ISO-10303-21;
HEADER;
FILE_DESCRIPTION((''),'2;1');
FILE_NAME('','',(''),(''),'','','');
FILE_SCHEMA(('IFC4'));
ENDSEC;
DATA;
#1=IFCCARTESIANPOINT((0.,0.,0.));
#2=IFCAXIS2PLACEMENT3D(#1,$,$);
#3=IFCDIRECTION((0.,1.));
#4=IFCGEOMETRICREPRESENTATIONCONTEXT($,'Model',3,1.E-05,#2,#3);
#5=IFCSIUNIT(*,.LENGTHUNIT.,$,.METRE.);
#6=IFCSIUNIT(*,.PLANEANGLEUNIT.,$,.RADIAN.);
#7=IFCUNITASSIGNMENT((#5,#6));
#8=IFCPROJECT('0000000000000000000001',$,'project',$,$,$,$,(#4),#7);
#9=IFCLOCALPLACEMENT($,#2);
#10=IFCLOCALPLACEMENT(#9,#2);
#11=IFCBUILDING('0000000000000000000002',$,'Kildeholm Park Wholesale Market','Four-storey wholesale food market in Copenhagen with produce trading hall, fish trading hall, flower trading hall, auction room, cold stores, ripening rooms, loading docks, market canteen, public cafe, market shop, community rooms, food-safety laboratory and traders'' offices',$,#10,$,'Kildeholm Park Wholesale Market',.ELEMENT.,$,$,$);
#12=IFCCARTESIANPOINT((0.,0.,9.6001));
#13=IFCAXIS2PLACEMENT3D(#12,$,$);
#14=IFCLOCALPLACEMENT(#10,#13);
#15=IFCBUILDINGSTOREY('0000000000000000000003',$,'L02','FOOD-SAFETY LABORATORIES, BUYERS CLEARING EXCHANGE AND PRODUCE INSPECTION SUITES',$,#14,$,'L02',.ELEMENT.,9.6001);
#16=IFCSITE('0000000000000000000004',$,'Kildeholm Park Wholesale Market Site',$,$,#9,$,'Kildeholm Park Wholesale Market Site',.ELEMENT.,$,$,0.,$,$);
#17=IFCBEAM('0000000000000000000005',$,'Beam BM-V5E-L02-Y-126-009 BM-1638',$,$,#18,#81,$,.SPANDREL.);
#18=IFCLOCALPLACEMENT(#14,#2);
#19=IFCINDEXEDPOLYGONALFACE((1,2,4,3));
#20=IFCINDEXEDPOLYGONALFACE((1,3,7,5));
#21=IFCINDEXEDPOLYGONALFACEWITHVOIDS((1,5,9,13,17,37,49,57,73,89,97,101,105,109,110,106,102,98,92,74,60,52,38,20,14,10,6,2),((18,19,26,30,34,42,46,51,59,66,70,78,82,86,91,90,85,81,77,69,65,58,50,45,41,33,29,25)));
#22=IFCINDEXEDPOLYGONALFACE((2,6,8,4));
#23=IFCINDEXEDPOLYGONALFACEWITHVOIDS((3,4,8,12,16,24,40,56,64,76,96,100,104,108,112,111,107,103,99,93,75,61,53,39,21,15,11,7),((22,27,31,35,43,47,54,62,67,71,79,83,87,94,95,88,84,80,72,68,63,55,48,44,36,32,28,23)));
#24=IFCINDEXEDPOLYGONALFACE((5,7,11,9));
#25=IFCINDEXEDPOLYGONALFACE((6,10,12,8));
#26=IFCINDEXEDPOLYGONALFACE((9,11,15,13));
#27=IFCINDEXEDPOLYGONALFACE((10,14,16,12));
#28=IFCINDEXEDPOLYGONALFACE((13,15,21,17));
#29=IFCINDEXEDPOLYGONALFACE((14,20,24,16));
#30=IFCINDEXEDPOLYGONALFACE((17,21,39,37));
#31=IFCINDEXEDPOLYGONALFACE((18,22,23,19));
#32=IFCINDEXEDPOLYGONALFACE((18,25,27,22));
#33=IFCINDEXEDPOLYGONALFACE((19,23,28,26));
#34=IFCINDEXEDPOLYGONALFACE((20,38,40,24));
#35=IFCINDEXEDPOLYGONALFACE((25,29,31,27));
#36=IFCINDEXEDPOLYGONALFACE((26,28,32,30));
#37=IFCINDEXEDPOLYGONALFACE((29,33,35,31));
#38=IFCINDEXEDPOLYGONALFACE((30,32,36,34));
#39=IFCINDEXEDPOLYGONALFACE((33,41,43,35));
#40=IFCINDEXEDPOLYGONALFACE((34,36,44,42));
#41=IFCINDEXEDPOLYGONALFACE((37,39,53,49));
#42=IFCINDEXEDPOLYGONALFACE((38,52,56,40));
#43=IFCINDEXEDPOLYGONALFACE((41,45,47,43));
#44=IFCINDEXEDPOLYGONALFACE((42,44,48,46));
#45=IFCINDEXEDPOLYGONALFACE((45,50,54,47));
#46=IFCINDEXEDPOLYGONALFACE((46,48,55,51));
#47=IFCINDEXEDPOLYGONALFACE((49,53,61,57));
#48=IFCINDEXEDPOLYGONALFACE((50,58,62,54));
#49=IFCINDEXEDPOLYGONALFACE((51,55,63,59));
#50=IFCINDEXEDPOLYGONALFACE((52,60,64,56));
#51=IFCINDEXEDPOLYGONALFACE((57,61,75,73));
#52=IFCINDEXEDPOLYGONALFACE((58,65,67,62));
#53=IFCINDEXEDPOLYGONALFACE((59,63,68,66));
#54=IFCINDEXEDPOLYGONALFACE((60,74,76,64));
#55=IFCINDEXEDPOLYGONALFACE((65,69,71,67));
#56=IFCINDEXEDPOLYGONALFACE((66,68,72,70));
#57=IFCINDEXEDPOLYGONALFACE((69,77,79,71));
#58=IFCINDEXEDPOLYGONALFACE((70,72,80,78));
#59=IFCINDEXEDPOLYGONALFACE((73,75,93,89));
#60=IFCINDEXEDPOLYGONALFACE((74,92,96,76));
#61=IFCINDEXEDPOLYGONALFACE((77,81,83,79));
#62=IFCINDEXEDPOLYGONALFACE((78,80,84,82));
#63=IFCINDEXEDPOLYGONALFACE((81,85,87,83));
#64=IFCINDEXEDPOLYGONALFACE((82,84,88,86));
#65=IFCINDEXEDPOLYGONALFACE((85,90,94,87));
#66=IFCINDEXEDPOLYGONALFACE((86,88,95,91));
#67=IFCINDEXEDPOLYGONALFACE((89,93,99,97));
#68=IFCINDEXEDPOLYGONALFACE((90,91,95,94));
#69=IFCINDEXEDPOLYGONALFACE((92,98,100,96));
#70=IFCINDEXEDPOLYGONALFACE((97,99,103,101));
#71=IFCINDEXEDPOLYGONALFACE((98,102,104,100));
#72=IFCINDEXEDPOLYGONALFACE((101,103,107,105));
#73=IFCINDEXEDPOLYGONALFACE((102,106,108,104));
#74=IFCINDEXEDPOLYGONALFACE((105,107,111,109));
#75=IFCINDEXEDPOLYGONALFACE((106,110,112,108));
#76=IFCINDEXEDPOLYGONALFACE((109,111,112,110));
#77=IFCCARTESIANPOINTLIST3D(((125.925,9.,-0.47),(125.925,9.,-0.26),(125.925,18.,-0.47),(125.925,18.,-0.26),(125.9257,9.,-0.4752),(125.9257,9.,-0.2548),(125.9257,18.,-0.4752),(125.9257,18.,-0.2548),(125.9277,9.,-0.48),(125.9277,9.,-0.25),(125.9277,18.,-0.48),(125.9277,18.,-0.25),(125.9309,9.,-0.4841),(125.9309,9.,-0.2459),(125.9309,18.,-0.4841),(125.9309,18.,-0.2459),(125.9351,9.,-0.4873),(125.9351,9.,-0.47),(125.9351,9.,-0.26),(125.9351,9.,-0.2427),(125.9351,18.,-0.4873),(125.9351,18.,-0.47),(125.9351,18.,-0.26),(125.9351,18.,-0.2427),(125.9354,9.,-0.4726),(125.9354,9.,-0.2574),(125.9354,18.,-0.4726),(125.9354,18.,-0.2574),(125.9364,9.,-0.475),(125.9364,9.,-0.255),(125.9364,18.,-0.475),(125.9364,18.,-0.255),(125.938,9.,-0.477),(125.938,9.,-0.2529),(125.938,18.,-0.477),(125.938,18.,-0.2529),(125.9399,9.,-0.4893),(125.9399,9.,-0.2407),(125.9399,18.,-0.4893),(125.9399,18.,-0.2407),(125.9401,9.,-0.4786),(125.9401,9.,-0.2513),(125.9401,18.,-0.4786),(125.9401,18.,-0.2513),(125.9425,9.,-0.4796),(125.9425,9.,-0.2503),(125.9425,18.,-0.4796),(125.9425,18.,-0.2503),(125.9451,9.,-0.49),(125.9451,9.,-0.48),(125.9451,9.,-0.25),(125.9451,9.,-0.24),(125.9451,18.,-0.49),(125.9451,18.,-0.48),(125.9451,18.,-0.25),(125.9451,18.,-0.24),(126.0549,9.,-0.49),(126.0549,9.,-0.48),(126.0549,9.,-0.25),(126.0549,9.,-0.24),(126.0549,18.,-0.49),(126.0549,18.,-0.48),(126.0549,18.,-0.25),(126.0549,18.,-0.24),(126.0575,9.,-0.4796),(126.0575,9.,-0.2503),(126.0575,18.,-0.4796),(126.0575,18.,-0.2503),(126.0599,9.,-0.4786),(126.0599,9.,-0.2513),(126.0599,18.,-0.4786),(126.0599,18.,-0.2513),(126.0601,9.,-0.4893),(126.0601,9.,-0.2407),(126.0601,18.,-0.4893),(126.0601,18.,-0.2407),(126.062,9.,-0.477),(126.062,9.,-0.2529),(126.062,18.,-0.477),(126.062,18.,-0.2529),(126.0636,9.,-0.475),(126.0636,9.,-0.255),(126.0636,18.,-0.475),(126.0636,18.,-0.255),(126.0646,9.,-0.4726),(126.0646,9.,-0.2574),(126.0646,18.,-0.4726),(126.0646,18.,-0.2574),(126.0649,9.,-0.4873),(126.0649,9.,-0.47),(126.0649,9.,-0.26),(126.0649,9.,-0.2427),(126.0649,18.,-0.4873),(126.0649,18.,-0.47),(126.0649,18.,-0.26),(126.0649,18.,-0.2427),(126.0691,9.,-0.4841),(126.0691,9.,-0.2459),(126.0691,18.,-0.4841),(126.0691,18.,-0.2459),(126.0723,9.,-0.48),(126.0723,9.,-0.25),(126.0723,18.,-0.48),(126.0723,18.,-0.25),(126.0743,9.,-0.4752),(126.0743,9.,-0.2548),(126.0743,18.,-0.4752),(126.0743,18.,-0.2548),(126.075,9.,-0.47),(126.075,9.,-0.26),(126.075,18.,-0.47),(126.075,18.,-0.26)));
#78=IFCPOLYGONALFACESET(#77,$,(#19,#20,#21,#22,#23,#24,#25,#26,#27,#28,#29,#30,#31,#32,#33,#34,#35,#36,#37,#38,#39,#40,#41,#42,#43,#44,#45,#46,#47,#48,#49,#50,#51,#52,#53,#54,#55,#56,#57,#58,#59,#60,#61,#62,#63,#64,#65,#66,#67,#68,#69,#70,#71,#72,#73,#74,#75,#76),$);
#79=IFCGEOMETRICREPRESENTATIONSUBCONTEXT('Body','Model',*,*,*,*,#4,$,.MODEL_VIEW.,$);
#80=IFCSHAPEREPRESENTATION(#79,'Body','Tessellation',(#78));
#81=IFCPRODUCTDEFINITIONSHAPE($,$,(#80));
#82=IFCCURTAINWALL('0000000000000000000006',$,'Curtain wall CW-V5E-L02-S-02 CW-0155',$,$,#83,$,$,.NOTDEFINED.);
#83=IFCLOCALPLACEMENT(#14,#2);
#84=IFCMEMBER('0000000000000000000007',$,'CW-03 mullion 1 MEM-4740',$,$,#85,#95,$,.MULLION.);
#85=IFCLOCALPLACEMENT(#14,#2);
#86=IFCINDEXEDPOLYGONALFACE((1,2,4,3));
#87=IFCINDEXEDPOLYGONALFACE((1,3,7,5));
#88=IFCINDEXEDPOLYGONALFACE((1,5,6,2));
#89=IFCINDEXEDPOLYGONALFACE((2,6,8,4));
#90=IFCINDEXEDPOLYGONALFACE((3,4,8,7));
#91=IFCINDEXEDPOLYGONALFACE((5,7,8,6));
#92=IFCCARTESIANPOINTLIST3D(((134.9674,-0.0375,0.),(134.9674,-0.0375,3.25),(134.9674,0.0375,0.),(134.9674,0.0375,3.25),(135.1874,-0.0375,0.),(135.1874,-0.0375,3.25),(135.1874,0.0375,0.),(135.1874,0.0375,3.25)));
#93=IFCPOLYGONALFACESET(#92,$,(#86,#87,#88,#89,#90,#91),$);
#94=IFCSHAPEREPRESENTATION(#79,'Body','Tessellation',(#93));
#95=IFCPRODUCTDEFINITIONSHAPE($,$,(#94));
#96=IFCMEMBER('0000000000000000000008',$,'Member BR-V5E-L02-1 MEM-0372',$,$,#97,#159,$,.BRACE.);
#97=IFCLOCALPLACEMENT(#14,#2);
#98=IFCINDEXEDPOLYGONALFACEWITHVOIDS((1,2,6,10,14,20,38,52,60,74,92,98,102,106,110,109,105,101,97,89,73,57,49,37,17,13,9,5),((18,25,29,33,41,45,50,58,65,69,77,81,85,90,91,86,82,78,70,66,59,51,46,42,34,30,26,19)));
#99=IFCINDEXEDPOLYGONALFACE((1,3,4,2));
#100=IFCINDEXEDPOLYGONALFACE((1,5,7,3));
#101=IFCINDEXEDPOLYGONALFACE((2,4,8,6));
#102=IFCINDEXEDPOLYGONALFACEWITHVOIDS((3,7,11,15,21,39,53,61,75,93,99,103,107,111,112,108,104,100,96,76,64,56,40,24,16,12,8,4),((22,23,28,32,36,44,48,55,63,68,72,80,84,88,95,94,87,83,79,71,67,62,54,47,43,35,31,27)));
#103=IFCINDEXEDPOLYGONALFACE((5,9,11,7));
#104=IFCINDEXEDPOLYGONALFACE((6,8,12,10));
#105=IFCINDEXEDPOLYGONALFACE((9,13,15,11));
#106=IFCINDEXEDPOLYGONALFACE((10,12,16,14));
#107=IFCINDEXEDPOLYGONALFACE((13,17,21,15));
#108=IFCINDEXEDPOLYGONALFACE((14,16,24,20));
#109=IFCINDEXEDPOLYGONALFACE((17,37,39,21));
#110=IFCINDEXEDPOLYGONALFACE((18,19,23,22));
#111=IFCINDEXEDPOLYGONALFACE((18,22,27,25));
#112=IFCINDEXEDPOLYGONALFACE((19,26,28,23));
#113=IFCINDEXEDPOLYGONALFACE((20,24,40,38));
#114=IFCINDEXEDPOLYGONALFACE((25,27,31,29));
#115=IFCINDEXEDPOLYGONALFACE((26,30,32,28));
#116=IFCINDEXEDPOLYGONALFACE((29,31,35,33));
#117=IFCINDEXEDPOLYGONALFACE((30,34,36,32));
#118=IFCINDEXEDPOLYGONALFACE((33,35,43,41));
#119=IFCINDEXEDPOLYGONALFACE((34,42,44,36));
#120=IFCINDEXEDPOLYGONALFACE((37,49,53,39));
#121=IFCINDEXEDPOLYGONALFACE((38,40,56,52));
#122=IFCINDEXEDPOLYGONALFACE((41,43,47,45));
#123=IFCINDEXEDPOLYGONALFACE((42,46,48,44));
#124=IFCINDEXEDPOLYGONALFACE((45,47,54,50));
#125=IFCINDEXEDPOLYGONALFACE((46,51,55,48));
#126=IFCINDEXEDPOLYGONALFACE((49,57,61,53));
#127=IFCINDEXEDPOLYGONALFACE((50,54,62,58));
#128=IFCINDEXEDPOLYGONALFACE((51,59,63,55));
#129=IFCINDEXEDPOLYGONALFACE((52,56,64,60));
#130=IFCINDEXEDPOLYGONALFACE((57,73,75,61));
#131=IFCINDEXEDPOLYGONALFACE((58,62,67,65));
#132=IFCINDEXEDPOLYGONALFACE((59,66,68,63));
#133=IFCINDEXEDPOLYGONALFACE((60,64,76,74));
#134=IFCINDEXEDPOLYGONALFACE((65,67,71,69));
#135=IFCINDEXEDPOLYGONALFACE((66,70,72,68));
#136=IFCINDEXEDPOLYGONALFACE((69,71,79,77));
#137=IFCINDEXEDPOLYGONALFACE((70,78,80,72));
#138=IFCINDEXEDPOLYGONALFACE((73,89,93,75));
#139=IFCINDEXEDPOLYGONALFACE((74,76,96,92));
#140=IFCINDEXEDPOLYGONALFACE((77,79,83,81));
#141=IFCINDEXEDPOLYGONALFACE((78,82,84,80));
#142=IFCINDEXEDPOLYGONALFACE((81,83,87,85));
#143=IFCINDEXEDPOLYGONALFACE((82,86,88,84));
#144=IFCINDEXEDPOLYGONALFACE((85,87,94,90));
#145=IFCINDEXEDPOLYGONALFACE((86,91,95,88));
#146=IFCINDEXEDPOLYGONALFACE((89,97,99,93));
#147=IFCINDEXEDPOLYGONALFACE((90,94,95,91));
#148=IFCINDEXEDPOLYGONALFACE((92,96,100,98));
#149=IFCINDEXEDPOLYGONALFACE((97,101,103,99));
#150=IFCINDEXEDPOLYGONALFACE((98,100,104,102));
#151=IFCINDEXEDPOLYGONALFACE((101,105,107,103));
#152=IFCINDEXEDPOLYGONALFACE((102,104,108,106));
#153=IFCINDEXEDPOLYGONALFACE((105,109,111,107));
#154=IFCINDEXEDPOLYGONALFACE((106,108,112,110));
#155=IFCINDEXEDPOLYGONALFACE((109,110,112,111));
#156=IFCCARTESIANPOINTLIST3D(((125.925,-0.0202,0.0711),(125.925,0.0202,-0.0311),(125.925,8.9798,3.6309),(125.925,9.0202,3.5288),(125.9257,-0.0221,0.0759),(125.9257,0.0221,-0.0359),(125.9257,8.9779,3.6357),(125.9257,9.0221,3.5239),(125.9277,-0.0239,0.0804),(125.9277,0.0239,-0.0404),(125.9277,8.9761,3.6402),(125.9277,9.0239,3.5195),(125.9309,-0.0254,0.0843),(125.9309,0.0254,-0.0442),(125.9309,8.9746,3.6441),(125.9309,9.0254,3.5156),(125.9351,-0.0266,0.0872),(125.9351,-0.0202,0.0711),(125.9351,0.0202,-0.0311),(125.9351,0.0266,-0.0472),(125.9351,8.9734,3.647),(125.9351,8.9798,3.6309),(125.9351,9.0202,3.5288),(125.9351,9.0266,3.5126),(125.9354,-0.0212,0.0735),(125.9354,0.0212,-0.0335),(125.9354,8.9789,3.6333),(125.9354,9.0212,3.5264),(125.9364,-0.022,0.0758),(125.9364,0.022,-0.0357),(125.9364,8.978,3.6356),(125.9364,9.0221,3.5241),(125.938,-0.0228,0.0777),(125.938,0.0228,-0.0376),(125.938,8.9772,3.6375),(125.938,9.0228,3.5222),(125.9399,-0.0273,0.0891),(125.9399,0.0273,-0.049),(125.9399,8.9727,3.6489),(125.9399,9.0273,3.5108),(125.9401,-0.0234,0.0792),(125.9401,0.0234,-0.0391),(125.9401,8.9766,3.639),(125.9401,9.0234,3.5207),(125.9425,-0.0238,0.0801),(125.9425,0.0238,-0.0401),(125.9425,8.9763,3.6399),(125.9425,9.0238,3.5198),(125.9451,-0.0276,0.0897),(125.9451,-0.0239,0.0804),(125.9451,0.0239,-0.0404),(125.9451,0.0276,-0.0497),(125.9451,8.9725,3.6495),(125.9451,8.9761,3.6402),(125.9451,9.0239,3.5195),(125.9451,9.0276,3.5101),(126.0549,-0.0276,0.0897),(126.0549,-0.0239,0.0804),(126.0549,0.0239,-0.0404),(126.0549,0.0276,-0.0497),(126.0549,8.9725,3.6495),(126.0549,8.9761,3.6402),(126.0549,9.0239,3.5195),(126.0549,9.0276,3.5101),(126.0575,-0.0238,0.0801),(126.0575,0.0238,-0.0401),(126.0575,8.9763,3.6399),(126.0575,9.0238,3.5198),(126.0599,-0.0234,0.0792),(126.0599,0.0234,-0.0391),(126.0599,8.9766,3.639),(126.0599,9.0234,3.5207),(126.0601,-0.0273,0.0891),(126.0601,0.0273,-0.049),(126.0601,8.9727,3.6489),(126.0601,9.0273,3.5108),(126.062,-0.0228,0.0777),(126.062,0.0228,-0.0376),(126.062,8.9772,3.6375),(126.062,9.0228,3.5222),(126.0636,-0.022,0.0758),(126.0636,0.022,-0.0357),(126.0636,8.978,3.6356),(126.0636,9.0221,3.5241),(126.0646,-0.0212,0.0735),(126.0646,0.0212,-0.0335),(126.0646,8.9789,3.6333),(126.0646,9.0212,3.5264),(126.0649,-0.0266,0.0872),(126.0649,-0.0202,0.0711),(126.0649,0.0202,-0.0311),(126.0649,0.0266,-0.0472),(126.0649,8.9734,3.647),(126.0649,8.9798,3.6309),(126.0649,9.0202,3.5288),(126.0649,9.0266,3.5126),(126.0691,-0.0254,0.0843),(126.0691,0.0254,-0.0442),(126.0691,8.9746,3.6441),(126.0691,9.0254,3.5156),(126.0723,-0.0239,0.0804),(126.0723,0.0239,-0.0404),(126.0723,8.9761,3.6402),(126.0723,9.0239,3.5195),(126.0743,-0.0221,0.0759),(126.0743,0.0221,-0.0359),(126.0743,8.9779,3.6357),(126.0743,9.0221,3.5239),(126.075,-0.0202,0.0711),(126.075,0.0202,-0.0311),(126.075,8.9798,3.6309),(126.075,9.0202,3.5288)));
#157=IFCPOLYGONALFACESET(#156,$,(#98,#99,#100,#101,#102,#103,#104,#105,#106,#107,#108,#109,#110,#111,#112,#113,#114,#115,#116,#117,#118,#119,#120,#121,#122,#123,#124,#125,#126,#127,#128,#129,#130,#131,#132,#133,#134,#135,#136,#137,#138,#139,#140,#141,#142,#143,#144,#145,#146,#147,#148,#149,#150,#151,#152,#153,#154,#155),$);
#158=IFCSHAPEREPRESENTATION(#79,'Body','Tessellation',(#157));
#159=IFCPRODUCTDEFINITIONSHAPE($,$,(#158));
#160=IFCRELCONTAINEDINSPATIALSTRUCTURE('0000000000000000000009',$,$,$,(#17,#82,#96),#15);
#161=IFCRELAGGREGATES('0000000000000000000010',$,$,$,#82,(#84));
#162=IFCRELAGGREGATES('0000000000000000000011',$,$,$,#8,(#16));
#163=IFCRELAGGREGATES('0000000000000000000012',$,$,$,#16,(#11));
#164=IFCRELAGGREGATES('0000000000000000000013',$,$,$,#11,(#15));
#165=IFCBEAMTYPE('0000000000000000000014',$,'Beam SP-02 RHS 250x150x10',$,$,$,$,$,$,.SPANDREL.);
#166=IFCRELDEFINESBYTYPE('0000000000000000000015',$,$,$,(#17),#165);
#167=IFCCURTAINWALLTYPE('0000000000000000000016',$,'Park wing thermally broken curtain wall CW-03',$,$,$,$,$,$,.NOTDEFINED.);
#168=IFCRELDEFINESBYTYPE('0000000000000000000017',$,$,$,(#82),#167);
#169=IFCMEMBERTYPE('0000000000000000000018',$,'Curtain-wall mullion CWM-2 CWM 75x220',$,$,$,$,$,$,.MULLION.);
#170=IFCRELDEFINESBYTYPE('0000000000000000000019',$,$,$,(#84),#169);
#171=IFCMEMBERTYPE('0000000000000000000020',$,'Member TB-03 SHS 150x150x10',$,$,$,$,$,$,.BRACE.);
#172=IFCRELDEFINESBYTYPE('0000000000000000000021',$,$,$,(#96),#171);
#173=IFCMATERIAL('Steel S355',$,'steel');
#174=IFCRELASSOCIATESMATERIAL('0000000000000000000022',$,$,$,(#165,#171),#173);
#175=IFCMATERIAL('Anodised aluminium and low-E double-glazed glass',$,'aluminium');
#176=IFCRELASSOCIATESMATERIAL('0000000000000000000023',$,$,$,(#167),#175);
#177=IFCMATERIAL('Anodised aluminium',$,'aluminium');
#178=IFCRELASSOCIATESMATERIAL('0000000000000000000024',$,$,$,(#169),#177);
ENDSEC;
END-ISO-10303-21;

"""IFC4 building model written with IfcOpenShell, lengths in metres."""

from ifc_helpers import new_model, si_unit, direction, frame, origin, origin_2d, place, context, subcontext, project, spatial, rectangle, hollow_rectangle, extrude, material, material_profile, profile_set, type_object, element, aggregate, save


model = new_model("IFC4")

# Units and contexts
model_context = context("Model", 3, precision=1e-05, world=origin(), true_north=direction((0.0, 1.0)))
body_context = subcontext(model_context, "Body", "Model", "MODEL_VIEW")
ifc_project = project(units=[si_unit("LENGTHUNIT", "METRE"), si_unit("PLANEANGLEUNIT", "RADIAN")], contexts=[model_context])

# Site, building, storey
site_placement = place(None, origin())
site = spatial("IfcSite", under=ifc_project, at=site_placement, Name="Kildeholm Park Wholesale Market Site", LongName="Kildeholm Park Wholesale Market Site", CompositionType="ELEMENT", RefElevation=0.0)
building_placement = place(site_placement, origin())
building = spatial("IfcBuilding", under=site, at=building_placement, Name="Kildeholm Park Wholesale Market", Description="Four-storey wholesale food market in Copenhagen with produce trading hall, fish trading hall, flower trading hall, auction room, cold stores, ripening rooms, loading docks, market canteen, public cafe, market shop, community rooms, food-safety laboratory and traders' offices", LongName="Kildeholm Park Wholesale Market", CompositionType="ELEMENT")
storey_placement = place(building_placement, frame((0.0, 0.0, 9.6001)))
storey = spatial("IfcBuildingStorey", under=building, at=storey_placement, Name="L02", Description="FOOD-SAFETY LABORATORIES, BUYERS CLEARING EXCHANGE AND PRODUCE INSPECTION SUITES", LongName="L02", CompositionType="ELEMENT", Elevation=9.6001)

# Shared definitions
ifc_material_1 = material(Name="Steel S355", Category="steel")

# Beam
ifc_material_profile_1 = material_profile(ifc_material_1, hollow_rectangle(XDim=0.1499, YDim=0.25, WallThickness=0.01, InnerFilletRadius=0.01, OuterFilletRadius=0.02, at=origin_2d()), Name="RHS 250x150x10")
ifc_profile_set_1 = profile_set([ifc_material_profile_1], Name="Steel S355")
beam_type_1 = type_object("IfcBeamType", Name="Beam SP-02 RHS 250x150x10", PredefinedType="SPANDREL", material=ifc_profile_set_1)
for number, where, z_axis, x_axis, name in (
    (1, (126.0, 9.0, -0.365), (0.0, 1.0, 0.0), (-1.0, 0.0, 0.0), "Beam BM-V5E-L02-Y-126-009 BM-1638"),
):
    element("IfcBeam", number, at=place(storey_placement, frame(where, z_axis=z_axis, x_axis=x_axis)), inside=storey, type_object=beam_type_1, Name=name, PredefinedType="SPANDREL", context=body_context, shape_type="SweptSolid", body=[
        extrude(hollow_rectangle(XDim=0.1499, YDim=0.25, WallThickness=0.01, InnerFilletRadius=0.01, OuterFilletRadius=0.02, at=origin_2d()), origin(), (0.0, 0.0, 1.0), 9.0),
    ])

# Curtain wall, member
ifc_material_2 = material(Name="Anodised aluminium and low-E double-glazed glass", Category="aluminium")
curtain_wall_type = type_object("IfcCurtainWallType", Name="Park wing thermally broken curtain wall CW-03", PredefinedType="NOTDEFINED", material=ifc_material_2)
curtain_wall_placement = place(storey_placement, origin())
curtain_wall = element("IfcCurtainWall", 2, at=curtain_wall_placement, inside=storey, type_object=curtain_wall_type, Name="Curtain wall CW-V5E-L02-S-02 CW-0155", PredefinedType="NOTDEFINED")
ifc_material_3 = material(Name="Anodised aluminium", Category="aluminium")
ifc_material_profile_2 = material_profile(ifc_material_3, rectangle(XDim=0.075, YDim=0.22, at=origin_2d()), Name="CWM 75x220")
ifc_profile_set_2 = profile_set([ifc_material_profile_2], Name="Anodised aluminium")
member_type_1 = type_object("IfcMemberType", Name="Curtain-wall mullion CWM-2 CWM 75x220", PredefinedType="MULLION", material=ifc_profile_set_2)
member_1_placement = place(storey_placement, frame((135.0774, 0.0, 0.0), z_axis=(0.0, 0.0, 1.0), x_axis=(0.0, 1.0, 0.0)))
member_1 = element("IfcMember", 3, at=member_1_placement, type_object=member_type_1, Name="CW-03 mullion 1 MEM-4740", PredefinedType="MULLION", context=body_context, shape_type="SweptSolid", body=[
    extrude(rectangle(XDim=0.075, YDim=0.22, at=origin_2d()), origin(), (0.0, 0.0, 1.0), 3.25),
])
aggregate(curtain_wall, [member_1])

# Member
ifc_material_profile_3 = material_profile(ifc_material_1, hollow_rectangle(XDim=0.1499, YDim=0.1499, WallThickness=0.01, InnerFilletRadius=0.01, OuterFilletRadius=0.02, at=origin_2d()), Name="SHS 150x150x10")
ifc_profile_set_3 = profile_set([ifc_material_profile_3], Name="Steel S355")
member_type_2 = type_object("IfcMemberType", Name="Member TB-03 SHS 150x150x10", PredefinedType="BRACE", material=ifc_profile_set_3)
member_2_placement = place(storey_placement, frame((126.0, 0.0, 0.02), z_axis=(0.0, 0.929902, 0.367809), x_axis=(-1.0, 0.0, 0.0)))
element("IfcMember", 4, at=member_2_placement, inside=storey, type_object=member_type_2, Name="Member BR-V5E-L02-1 MEM-0372", PredefinedType="BRACE", context=body_context, shape_type="SweptSolid", body=[
    extrude(hollow_rectangle(XDim=0.1499, YDim=0.1499, WallThickness=0.01, InnerFilletRadius=0.01, OuterFilletRadius=0.02, at=origin_2d()), origin(), (0.0, 0.0, 1.0), 9.6785),
])

save(model, "model.ifc")
